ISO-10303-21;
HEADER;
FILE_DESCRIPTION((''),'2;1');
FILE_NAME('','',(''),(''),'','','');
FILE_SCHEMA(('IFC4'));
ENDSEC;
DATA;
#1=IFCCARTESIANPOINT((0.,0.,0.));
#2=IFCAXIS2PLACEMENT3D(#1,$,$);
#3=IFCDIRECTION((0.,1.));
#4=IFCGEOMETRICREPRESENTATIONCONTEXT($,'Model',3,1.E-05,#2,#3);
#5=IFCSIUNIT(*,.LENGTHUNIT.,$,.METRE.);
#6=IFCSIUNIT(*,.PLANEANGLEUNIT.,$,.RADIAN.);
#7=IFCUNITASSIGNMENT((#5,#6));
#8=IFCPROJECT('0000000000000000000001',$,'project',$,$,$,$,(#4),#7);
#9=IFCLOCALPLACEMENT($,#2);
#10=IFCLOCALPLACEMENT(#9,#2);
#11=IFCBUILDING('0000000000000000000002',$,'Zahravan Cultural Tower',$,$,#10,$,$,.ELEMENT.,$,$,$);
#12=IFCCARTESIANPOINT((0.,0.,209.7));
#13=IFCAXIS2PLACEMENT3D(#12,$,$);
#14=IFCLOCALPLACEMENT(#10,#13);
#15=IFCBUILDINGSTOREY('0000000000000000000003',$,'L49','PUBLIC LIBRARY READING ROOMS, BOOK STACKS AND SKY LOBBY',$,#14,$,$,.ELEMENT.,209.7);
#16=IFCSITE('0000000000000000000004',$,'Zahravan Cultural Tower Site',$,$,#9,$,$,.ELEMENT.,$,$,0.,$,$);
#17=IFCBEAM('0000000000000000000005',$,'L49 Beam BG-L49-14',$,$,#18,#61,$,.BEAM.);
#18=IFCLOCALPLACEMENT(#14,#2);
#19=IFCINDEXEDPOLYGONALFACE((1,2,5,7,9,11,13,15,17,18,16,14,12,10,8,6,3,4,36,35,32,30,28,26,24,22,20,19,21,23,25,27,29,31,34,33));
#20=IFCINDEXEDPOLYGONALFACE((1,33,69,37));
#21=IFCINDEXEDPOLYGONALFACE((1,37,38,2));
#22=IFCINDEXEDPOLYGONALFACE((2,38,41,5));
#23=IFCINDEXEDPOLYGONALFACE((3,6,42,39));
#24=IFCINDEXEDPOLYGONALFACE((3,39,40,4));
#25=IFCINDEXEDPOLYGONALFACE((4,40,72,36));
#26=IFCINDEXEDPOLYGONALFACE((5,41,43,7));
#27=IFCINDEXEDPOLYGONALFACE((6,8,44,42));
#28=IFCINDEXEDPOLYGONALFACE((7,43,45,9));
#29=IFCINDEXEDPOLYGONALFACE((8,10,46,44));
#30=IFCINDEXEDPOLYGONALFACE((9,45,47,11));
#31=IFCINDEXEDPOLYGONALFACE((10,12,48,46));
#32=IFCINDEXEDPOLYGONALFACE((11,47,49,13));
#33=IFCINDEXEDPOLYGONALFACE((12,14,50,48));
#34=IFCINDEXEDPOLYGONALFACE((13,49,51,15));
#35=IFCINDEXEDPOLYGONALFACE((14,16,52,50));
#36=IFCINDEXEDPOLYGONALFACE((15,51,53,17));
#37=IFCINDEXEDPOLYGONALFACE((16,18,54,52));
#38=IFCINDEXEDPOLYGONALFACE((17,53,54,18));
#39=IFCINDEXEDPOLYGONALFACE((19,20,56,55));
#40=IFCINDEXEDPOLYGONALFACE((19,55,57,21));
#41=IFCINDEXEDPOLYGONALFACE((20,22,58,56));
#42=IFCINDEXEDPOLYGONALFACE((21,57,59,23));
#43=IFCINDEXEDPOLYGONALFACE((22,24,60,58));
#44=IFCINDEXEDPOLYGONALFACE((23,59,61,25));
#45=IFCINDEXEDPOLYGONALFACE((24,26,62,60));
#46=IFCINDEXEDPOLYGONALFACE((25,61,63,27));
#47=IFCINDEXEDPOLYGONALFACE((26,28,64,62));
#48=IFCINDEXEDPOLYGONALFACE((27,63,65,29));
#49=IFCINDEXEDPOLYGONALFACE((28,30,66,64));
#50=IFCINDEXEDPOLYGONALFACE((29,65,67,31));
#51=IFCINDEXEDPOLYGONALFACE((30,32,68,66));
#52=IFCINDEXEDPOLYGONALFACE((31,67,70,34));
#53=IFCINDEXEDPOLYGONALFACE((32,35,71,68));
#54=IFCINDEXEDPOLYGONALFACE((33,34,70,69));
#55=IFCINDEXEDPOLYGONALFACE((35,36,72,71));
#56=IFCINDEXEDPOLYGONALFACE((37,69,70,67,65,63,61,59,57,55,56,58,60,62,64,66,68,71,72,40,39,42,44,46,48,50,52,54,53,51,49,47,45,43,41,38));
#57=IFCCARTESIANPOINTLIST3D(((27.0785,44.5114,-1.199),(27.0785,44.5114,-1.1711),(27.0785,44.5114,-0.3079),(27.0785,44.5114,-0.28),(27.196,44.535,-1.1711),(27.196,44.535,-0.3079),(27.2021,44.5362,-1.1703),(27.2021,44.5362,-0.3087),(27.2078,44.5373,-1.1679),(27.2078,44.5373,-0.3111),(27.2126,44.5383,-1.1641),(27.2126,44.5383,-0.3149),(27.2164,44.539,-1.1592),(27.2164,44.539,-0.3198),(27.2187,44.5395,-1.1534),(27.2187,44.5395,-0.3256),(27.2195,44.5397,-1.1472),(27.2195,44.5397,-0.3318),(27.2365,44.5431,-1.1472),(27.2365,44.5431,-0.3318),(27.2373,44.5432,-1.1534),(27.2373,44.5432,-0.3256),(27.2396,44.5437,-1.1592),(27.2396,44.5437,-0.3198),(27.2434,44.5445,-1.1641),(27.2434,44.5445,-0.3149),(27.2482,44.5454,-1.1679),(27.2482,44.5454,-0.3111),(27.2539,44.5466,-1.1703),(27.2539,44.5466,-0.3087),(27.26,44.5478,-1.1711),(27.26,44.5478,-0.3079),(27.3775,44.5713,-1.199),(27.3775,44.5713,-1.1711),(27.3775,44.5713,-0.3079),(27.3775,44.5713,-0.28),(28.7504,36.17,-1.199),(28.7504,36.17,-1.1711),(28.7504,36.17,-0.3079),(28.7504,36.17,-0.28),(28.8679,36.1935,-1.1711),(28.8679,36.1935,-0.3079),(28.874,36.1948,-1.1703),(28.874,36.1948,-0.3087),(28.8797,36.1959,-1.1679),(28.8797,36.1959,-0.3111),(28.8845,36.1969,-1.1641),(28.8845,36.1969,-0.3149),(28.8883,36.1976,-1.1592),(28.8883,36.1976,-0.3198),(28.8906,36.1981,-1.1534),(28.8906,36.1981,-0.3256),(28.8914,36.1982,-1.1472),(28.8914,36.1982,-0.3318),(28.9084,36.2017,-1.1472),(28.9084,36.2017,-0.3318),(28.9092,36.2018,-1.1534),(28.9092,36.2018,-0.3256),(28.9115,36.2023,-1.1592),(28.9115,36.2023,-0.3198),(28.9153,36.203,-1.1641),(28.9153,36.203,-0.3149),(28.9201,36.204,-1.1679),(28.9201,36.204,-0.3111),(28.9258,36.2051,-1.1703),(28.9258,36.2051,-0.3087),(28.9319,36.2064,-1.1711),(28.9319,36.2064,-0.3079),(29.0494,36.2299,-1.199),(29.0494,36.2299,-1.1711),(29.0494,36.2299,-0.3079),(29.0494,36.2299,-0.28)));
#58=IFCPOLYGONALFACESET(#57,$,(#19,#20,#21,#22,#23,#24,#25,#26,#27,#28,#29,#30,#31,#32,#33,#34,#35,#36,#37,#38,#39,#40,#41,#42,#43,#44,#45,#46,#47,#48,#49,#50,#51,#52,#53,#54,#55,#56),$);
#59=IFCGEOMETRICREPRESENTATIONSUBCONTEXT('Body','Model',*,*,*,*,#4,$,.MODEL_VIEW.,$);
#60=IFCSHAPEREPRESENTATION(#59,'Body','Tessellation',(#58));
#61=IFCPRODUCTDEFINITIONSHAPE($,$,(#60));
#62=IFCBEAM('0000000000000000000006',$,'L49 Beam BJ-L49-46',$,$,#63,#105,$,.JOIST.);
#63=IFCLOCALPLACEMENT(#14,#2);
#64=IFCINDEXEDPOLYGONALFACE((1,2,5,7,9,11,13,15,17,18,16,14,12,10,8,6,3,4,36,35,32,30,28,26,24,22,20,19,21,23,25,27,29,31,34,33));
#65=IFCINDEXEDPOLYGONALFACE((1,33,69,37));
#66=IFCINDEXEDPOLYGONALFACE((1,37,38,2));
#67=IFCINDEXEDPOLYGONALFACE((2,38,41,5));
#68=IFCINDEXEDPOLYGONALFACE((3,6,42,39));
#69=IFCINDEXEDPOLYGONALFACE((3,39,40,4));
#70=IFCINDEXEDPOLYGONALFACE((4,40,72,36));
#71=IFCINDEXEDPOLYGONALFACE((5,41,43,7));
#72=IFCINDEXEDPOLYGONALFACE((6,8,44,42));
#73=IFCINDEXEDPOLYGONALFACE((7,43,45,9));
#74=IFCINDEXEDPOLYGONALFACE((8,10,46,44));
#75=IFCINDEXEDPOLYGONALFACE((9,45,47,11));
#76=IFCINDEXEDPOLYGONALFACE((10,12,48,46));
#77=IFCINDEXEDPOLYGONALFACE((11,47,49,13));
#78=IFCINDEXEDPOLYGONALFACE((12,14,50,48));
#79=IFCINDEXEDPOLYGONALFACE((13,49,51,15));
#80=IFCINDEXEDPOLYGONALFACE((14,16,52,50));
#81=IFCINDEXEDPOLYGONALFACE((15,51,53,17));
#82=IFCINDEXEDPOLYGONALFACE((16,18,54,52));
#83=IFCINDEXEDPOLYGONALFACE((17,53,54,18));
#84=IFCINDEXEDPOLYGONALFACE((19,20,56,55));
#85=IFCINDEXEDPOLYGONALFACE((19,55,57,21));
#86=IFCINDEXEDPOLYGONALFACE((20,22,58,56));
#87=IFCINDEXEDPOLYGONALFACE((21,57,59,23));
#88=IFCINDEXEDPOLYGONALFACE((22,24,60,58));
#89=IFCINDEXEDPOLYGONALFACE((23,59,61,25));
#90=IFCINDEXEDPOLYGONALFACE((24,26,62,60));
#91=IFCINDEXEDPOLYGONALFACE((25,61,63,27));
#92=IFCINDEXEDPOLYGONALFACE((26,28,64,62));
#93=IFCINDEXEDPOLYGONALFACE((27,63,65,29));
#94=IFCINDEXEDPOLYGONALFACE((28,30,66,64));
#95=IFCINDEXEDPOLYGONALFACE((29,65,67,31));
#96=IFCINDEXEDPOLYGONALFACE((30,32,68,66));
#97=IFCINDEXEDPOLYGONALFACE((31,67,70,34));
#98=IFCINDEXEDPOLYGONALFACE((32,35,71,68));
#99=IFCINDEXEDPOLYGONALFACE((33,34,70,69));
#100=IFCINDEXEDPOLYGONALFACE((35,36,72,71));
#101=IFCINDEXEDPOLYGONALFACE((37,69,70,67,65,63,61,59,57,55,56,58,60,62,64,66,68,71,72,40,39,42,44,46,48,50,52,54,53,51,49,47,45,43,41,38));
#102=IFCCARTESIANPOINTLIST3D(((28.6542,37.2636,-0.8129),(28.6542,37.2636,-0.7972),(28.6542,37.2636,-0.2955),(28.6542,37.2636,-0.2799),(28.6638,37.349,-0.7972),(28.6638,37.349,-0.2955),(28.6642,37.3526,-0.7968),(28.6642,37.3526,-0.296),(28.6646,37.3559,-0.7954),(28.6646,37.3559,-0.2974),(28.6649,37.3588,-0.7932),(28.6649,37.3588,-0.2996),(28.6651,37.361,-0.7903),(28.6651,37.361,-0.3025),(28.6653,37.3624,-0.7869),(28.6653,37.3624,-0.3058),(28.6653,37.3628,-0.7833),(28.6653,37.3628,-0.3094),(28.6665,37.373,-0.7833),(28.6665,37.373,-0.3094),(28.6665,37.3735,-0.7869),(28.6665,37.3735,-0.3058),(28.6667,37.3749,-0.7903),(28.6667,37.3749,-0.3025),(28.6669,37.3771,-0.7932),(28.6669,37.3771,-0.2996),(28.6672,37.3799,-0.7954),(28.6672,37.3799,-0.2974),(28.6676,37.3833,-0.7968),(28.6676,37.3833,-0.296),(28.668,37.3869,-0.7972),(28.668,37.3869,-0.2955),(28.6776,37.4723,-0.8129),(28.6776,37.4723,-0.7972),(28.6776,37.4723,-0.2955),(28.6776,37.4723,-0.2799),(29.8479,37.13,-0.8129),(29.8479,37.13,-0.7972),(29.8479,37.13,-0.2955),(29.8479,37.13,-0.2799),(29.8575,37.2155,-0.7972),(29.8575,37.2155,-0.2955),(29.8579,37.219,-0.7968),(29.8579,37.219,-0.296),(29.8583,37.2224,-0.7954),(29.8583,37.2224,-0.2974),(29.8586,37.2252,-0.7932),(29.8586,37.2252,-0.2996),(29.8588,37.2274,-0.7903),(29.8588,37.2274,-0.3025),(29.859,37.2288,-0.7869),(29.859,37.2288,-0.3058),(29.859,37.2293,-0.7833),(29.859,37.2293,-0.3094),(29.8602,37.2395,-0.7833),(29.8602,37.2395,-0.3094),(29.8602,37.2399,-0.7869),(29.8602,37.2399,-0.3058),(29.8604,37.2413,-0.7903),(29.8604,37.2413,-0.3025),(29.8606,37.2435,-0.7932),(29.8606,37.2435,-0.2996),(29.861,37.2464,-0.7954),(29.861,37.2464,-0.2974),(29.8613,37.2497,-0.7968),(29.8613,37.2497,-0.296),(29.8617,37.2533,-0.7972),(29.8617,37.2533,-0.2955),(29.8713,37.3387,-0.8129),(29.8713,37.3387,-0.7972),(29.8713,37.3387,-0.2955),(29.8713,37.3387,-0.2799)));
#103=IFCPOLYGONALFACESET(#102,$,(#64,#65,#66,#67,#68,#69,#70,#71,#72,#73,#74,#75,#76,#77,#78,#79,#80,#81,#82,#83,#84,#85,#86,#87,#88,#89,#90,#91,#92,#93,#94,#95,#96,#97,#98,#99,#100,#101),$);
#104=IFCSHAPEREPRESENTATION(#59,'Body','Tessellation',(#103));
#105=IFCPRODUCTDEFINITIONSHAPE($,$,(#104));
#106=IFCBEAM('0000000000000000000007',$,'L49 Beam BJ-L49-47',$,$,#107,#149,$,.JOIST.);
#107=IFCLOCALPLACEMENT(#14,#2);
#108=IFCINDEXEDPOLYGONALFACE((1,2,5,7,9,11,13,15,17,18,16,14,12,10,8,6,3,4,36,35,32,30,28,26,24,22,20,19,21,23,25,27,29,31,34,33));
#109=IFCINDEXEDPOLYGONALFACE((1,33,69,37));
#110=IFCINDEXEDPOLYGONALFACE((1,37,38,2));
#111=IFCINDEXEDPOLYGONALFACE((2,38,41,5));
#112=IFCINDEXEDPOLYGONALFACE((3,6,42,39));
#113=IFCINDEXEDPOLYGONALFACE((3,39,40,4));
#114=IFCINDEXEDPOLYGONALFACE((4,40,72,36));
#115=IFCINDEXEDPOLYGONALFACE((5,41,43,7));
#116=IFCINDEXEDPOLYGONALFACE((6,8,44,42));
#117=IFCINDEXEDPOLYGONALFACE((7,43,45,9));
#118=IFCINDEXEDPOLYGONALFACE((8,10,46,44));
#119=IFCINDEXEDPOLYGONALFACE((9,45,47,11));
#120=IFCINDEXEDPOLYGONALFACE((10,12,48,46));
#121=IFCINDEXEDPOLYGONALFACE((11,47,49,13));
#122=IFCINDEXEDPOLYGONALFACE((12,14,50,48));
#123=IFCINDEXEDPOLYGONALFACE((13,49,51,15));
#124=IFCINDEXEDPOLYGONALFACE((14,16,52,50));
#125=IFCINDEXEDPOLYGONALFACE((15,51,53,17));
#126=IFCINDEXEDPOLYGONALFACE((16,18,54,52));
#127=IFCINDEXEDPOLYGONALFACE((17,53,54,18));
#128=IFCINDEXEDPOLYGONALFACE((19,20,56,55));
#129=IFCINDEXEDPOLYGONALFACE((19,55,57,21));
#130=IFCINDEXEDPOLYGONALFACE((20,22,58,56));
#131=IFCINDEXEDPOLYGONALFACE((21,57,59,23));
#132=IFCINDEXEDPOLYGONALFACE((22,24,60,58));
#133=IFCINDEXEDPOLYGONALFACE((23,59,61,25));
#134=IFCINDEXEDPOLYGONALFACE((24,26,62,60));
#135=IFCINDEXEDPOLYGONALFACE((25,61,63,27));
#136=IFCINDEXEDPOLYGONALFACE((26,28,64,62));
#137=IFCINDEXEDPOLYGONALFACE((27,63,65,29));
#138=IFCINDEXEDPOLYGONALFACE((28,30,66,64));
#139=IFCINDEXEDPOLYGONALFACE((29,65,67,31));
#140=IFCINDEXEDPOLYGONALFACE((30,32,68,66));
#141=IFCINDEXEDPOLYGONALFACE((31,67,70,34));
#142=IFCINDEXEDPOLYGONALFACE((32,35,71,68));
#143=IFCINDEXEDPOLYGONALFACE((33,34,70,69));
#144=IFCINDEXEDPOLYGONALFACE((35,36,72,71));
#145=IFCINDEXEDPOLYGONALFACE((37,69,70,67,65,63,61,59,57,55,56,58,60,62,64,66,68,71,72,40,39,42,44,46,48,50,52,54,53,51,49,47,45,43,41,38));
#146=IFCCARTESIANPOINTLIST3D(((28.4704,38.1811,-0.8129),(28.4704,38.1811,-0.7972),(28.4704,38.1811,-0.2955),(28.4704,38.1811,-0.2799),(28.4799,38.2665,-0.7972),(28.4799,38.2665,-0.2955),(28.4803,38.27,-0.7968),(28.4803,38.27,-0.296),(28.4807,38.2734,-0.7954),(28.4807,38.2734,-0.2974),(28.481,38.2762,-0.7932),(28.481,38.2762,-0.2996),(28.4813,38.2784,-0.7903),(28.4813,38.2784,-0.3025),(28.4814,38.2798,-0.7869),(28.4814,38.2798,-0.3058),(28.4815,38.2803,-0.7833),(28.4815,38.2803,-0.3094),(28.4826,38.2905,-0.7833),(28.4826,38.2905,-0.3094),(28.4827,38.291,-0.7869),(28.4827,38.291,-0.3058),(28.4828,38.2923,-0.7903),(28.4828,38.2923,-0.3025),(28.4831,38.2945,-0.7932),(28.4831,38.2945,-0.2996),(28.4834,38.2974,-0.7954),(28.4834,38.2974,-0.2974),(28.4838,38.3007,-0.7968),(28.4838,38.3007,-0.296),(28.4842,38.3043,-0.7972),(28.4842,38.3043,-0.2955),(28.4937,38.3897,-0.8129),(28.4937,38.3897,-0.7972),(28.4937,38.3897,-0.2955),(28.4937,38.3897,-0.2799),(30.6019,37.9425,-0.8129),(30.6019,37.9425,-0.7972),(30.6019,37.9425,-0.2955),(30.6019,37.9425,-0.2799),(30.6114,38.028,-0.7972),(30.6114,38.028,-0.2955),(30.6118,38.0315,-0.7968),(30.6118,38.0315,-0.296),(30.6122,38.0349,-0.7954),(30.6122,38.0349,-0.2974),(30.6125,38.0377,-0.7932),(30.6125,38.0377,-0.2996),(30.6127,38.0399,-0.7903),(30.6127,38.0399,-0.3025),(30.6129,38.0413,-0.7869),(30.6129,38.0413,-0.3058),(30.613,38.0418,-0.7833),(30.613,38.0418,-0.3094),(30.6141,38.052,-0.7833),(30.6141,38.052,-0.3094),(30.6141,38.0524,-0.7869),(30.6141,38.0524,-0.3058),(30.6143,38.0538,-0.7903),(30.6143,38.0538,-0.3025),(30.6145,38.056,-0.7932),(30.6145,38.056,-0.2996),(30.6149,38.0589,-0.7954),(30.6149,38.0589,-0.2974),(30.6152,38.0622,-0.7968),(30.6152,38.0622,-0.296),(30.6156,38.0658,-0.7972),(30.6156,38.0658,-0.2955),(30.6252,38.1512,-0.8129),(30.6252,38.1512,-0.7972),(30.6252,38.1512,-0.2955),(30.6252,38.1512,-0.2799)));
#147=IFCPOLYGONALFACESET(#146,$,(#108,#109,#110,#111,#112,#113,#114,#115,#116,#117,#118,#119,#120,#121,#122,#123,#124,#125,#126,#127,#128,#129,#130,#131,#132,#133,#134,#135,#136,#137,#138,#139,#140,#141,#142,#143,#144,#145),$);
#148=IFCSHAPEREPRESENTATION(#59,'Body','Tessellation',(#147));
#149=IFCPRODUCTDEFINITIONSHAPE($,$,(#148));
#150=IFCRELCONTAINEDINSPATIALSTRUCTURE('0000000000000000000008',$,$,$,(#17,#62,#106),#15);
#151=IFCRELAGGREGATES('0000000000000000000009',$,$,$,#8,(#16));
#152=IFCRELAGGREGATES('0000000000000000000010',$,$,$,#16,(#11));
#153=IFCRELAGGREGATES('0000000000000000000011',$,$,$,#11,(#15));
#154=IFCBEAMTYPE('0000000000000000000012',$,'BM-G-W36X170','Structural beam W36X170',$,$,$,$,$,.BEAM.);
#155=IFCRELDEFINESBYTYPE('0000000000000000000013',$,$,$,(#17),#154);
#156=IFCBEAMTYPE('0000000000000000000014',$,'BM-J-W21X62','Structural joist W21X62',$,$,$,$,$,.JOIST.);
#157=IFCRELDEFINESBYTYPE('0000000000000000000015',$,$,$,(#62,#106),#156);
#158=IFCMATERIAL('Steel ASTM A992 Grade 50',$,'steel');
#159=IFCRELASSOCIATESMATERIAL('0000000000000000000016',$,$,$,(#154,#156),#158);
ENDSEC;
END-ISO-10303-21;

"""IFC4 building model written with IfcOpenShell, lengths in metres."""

from ifc_helpers import new_model, si_unit, direction, frame, origin, origin_2d, place, context, subcontext, project, spatial, i_section, extrude, source, transform, mapped, material, material_profile, profile_set, type_object, element, save


model = new_model("IFC4")

# Units and contexts
model_context = context("Model", 3, precision=1e-05, world=origin(), true_north=direction((0.0, 1.0)))
body_context = subcontext(model_context, "Body", "Model", "MODEL_VIEW")
ifc_project = project(units=[si_unit("LENGTHUNIT", "METRE"), si_unit("PLANEANGLEUNIT", "RADIAN")], contexts=[model_context])

# Site, building, storey
site_placement = place(None, origin())
site = spatial("IfcSite", under=ifc_project, at=site_placement, Name="Zahravan Cultural Tower Site", CompositionType="ELEMENT", RefElevation=0.0)
building_placement = place(site_placement, origin())
building = spatial("IfcBuilding", under=site, at=building_placement, Name="Zahravan Cultural Tower", CompositionType="ELEMENT")
storey_placement = place(building_placement, frame((0.0, 0.0, 209.7)))
storey = spatial("IfcBuildingStorey", under=building, at=storey_placement, Name="L49", Description="PUBLIC LIBRARY READING ROOMS, BOOK STACKS AND SKY LOBBY", CompositionType="ELEMENT", Elevation=209.7)

# Beams
ifc_material_1 = material(Name="Steel ASTM A992 Grade 50", Category="steel")
ifc_material_profile_1 = material_profile(ifc_material_1, i_section(OverallWidth=0.3049, OverallDepth=0.9189, WebThickness=0.0173, FlangeThickness=0.0278, FilletRadius=0.0239, at=origin_2d()), Name="W36X170")
ifc_profile_set_1 = profile_set([ifc_material_profile_1], Name="Steel ASTM A992 Grade 50")
beam_type_1 = type_object("IfcBeamType", Name="BM-G-W36X170", Description="Structural beam W36X170", PredefinedType="BEAM", material=ifc_profile_set_1)
shared_shape_1 = source(origin(), body_context, "Body", "SweptSolid", [
    extrude(i_section(OverallWidth=0.3049, OverallDepth=0.9189, WebThickness=0.0173, FlangeThickness=0.0278, FilletRadius=0.0239, at=origin_2d()), origin(), (0.0, 0.0, 1.0), 8.5073),
])
beam_1_placement = place(storey_placement, frame((28.8999, 36.2, -0.7395), z_axis=(-0.196525, 0.980499, 0.0), x_axis=(-0.980499, -0.196525, 0.0)))
element("IfcBeam", 1, at=beam_1_placement, inside=storey, type_object=beam_type_1, Name="L49 Beam BG-L49-14", PredefinedType="BEAM", context=body_context, shape_type="MappedRepresentation", body=[
    mapped(shared_shape_1, transform((0.0, 0.0, 0.0), x_axis=(1.0, 0.0, 0.0), y_axis=(0.0, 1.0, 0.0), z_axis=(0.0, 0.0, 1.0), scale=1.0)),
])
ifc_material_profile_2 = material_profile(ifc_material_1, i_section(OverallWidth=0.21, OverallDepth=0.533, WebThickness=0.0103, FlangeThickness=0.0156, FilletRadius=0.0139, at=origin_2d()), Name="W21X62")
ifc_profile_set_2 = profile_set([ifc_material_profile_2], Name="Steel ASTM A992 Grade 50")
beam_type_2 = type_object("IfcBeamType", Name="BM-J-W21X62", Description="Structural joist W21X62", PredefinedType="JOIST", material=ifc_profile_set_2)
shared_shape_2 = source(origin(), body_context, "Body", "SweptSolid", [
    extrude(i_section(OverallWidth=0.21, OverallDepth=0.533, WebThickness=0.0103, FlangeThickness=0.0156, FilletRadius=0.0139, at=origin_2d()), origin(), (0.0, 0.0, 1.0), 1.2012),
])
beam_2_placement = place(storey_placement, frame((29.8596, 37.2344, -0.5464), z_axis=(-0.993799, 0.11119, 0.0), x_axis=(-0.11119, -0.993799, 0.0)))
element("IfcBeam", 2, at=beam_2_placement, inside=storey, type_object=beam_type_2, Name="L49 Beam BJ-L49-46", PredefinedType="JOIST", context=body_context, shape_type="MappedRepresentation", body=[
    mapped(shared_shape_2, transform((0.0, 0.0, 0.0), x_axis=(1.0, 0.0, 0.0), y_axis=(0.0, 1.0, 0.0), z_axis=(0.0, 0.0, 1.0), scale=1.0)),
])
shared_shape_3 = source(origin(), body_context, "Body", "SweptSolid", [
    extrude(i_section(OverallWidth=0.21, OverallDepth=0.533, WebThickness=0.0103, FlangeThickness=0.0156, FilletRadius=0.0139, at=origin_2d()), origin(), (0.0, 0.0, 1.0), 2.1448),
])
beam_3_placement = place(storey_placement, frame((30.6135, 38.0469, -0.5464), z_axis=(-0.993797, 0.111206, 0.0), x_axis=(-0.111206, -0.993797, 0.0)))
element("IfcBeam", 3, at=beam_3_placement, inside=storey, type_object=beam_type_2, Name="L49 Beam BJ-L49-47", PredefinedType="JOIST", context=body_context, shape_type="MappedRepresentation", body=[
    mapped(shared_shape_3, transform((0.0, 0.0, 0.0), x_axis=(1.0, 0.0, 0.0), y_axis=(0.0, 1.0, 0.0), z_axis=(0.0, 0.0, 1.0), scale=1.0)),
])

save(model, "model.ifc")
